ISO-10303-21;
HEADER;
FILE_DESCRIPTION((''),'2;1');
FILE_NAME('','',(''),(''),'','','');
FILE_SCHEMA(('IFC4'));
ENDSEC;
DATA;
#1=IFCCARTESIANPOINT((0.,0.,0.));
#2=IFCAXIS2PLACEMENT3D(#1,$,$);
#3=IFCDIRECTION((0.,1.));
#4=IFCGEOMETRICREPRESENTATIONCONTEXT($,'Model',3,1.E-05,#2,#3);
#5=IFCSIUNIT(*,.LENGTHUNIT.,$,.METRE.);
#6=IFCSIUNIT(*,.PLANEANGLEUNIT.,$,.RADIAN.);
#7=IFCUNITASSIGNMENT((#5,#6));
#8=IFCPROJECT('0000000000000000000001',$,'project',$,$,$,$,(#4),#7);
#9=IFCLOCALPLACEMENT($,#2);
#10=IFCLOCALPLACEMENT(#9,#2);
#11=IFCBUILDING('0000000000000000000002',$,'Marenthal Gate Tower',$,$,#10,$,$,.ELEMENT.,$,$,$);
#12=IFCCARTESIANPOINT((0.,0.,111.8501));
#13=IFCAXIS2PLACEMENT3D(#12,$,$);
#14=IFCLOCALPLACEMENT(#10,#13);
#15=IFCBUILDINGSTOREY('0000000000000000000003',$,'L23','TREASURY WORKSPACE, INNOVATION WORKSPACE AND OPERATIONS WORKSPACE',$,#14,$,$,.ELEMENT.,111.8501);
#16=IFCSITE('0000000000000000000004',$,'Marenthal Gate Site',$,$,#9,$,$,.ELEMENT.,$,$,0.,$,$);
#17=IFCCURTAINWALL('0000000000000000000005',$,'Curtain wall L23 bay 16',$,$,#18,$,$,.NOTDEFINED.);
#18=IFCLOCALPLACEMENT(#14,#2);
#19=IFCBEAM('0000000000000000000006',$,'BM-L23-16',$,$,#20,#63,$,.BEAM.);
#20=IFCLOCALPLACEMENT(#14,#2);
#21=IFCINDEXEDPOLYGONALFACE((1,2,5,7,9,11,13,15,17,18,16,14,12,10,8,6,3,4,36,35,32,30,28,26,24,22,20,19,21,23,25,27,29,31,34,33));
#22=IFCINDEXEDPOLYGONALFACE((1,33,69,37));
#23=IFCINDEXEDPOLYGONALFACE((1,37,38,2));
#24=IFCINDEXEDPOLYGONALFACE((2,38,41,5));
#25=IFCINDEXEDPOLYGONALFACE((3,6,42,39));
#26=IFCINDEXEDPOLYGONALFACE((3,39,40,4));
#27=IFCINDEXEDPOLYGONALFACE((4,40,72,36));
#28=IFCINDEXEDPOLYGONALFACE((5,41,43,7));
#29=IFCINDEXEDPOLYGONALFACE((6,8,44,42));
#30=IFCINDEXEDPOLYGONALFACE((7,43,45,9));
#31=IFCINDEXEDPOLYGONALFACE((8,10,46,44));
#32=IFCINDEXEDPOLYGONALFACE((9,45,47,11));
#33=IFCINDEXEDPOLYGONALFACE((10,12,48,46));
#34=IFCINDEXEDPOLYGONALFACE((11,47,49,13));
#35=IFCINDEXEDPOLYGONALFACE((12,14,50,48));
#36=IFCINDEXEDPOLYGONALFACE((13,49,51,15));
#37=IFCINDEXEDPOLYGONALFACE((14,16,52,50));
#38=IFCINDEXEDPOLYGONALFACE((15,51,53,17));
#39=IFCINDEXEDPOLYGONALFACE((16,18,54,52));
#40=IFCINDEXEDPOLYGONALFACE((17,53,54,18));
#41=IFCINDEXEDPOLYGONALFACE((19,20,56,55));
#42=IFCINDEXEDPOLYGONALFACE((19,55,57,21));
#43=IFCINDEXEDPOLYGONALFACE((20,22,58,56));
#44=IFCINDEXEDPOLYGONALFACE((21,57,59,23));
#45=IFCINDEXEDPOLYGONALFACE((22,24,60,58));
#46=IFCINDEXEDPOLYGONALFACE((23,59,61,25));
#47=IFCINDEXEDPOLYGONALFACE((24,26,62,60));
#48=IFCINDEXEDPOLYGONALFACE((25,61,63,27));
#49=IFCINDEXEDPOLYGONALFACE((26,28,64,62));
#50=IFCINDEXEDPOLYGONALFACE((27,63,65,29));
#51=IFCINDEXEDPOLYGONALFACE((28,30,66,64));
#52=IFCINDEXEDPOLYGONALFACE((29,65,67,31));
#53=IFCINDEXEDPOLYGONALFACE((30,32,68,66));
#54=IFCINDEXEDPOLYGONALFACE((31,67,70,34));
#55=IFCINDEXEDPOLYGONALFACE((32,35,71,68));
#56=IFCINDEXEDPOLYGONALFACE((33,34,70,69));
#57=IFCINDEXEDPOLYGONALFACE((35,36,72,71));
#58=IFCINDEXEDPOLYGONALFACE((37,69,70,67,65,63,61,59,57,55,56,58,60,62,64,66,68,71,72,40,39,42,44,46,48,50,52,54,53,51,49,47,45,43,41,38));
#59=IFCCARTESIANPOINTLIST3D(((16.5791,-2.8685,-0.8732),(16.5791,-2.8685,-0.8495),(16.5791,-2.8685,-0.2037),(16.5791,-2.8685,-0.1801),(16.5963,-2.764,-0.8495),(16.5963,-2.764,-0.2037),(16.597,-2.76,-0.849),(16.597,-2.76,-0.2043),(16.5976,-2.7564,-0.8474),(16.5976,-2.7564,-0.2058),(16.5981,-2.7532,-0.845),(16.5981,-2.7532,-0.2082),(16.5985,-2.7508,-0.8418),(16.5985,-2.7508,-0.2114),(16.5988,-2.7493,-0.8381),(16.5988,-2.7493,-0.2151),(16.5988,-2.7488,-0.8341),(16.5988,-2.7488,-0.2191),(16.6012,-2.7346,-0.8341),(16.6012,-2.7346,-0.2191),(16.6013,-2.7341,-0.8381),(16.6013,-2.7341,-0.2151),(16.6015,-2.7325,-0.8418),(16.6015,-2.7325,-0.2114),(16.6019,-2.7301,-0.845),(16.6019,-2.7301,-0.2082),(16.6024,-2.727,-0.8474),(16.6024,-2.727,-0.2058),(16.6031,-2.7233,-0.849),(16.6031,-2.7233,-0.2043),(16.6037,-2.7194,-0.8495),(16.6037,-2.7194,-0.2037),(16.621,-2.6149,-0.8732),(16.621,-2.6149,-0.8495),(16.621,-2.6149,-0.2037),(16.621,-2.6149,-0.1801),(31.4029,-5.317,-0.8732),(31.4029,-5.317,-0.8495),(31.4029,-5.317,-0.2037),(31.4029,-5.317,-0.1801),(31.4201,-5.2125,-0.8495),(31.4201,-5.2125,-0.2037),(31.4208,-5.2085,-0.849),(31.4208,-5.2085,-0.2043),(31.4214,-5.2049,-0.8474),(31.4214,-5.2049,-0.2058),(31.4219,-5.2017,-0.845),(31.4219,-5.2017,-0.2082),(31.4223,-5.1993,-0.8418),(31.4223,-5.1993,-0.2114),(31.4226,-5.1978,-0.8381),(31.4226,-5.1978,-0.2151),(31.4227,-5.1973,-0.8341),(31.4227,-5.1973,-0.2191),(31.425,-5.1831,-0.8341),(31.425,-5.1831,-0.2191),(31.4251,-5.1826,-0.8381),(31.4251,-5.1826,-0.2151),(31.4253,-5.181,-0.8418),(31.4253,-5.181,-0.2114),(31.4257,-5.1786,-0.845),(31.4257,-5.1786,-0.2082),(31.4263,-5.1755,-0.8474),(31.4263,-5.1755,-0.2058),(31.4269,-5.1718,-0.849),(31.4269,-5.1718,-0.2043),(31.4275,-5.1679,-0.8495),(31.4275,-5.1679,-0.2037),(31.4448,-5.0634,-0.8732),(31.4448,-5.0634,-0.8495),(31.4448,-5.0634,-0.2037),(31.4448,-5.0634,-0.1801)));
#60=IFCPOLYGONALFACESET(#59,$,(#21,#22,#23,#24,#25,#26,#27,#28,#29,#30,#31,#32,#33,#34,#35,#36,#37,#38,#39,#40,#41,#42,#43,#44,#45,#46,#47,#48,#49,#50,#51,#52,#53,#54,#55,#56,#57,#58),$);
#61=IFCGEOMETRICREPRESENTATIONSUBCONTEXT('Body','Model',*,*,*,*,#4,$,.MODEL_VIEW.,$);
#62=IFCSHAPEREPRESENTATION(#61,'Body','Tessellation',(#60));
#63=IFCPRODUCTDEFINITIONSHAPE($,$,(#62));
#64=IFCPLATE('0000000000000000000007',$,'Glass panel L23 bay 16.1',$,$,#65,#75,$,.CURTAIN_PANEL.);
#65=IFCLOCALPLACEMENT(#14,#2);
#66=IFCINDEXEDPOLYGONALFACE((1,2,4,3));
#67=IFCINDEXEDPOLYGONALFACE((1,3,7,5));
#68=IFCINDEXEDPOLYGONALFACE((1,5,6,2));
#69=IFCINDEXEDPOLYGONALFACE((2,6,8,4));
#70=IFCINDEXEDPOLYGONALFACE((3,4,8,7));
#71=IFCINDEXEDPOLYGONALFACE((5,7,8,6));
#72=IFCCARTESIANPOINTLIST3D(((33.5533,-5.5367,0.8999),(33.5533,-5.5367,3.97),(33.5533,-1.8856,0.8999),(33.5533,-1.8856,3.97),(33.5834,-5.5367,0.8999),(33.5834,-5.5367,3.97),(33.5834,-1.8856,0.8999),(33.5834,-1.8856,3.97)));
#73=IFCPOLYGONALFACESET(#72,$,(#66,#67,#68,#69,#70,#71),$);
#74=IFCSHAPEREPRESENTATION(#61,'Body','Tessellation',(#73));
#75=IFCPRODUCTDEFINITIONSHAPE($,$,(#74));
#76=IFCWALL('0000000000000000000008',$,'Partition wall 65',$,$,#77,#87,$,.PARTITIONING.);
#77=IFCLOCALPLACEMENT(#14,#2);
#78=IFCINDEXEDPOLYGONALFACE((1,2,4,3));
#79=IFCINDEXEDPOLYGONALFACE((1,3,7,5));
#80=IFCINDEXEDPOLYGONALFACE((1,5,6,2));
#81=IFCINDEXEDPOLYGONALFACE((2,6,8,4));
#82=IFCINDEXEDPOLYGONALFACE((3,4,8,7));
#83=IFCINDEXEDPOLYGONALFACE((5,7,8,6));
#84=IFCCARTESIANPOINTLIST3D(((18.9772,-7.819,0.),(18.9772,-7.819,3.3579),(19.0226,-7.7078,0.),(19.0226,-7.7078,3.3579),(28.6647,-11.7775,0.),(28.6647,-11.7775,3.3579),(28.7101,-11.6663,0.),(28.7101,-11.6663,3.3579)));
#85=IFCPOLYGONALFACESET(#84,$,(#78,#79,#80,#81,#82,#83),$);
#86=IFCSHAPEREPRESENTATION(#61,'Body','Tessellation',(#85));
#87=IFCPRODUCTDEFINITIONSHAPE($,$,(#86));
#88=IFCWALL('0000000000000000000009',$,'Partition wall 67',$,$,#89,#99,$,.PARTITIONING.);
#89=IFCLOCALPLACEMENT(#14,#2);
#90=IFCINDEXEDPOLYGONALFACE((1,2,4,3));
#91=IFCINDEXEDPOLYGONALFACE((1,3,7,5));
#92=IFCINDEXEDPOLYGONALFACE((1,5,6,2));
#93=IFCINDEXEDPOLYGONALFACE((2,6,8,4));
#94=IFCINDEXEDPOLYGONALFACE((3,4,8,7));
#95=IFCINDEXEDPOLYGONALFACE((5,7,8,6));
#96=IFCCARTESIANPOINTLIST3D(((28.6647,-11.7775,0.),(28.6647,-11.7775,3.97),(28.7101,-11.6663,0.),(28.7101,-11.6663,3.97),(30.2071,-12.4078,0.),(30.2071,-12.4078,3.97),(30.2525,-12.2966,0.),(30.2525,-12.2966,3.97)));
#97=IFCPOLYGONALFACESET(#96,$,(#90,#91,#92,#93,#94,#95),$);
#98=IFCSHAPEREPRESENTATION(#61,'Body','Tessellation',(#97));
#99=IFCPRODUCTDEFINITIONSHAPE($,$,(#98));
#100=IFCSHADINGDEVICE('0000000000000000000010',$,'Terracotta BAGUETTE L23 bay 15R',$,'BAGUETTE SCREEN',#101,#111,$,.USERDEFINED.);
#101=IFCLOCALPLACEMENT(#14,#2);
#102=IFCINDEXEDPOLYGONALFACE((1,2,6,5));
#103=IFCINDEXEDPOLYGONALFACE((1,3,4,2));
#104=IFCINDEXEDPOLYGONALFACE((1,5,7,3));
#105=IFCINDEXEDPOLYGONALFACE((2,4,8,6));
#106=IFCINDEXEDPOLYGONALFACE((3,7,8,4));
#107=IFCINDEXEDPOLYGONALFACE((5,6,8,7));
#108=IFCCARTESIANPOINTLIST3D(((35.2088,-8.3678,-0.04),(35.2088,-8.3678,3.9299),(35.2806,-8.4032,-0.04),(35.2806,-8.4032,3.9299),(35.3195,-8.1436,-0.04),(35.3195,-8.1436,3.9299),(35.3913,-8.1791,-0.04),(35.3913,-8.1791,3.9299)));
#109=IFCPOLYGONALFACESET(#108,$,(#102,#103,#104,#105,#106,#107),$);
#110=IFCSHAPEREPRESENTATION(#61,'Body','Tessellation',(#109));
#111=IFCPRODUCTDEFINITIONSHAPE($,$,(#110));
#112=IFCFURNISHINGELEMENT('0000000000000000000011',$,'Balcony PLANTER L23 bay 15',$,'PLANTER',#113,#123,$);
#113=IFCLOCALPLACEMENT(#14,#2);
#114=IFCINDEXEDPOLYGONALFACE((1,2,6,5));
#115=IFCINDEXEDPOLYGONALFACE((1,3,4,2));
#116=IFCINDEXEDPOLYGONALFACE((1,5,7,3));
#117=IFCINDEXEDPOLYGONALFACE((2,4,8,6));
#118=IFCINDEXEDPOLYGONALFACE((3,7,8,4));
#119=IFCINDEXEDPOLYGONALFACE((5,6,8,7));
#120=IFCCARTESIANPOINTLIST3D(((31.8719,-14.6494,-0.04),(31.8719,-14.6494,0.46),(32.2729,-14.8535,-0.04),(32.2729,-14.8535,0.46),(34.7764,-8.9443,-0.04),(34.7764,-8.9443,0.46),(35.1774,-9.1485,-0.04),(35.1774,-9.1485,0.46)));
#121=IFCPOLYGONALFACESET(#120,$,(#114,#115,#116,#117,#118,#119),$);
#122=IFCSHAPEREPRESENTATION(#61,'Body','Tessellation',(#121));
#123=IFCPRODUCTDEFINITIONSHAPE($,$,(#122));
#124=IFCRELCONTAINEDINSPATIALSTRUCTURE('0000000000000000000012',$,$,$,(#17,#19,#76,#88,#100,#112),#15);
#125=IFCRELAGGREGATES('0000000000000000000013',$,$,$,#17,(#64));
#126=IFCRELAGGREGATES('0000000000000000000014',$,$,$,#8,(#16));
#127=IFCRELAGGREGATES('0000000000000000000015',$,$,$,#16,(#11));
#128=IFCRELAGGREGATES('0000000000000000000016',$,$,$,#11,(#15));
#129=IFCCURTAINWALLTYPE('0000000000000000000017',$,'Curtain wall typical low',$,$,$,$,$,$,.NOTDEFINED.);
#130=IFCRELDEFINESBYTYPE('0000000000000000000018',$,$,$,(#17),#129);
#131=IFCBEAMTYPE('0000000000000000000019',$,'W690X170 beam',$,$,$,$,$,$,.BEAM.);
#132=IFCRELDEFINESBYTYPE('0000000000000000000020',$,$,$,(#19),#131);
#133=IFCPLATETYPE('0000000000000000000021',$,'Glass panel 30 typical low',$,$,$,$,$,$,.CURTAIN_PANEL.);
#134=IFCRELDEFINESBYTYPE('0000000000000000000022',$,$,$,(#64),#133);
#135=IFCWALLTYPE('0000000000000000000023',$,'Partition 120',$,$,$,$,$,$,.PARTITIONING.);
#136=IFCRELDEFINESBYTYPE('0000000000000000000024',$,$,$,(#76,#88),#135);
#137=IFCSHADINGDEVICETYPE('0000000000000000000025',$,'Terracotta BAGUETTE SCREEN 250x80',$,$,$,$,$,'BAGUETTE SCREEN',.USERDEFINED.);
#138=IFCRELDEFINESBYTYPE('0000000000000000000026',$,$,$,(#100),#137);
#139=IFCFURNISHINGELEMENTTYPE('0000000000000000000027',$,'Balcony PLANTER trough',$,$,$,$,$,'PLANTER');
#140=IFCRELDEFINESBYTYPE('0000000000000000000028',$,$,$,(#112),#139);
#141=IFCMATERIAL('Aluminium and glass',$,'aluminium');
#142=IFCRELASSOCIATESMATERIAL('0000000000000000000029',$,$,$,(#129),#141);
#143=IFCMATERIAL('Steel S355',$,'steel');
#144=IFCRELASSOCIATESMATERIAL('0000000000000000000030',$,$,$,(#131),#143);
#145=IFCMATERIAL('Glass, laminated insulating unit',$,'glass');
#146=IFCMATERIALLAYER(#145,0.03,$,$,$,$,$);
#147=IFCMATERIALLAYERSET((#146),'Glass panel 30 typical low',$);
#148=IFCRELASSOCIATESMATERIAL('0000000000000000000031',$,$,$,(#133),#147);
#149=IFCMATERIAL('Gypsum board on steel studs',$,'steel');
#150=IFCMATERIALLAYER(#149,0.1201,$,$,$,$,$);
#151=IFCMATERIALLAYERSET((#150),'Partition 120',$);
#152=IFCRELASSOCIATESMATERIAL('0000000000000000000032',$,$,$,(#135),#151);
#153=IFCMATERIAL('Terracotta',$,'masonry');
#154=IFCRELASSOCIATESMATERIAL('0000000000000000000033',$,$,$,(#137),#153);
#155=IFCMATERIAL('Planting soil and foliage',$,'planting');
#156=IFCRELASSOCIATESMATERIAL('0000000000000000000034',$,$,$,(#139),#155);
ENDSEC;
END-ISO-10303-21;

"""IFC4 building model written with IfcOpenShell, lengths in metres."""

from ifc_helpers import new_model, si_unit, direction, frame, frame_2d, origin, origin_2d, place, context, subcontext, project, spatial, rectangle, i_section, extrude, material, layer, layer_set, material_profile, profile_set, type_object, element, aggregate, save


model = new_model("IFC4")

# Units and contexts
model_context = context("Model", 3, precision=1e-05, world=origin(), true_north=direction((0.0, 1.0)))
body_context = subcontext(model_context, "Body", "Model", "MODEL_VIEW")
ifc_project = project(units=[si_unit("LENGTHUNIT", "METRE"), si_unit("PLANEANGLEUNIT", "RADIAN")], contexts=[model_context])

# Site, building, storey
site_placement = place(None, origin())
site = spatial("IfcSite", under=ifc_project, at=site_placement, Name="Marenthal Gate Site", CompositionType="ELEMENT", RefElevation=0.0)
building_placement = place(site_placement, origin())
building = spatial("IfcBuilding", under=site, at=building_placement, Name="Marenthal Gate Tower", CompositionType="ELEMENT")
storey_placement = place(building_placement, frame((0.0, 0.0, 111.8501)))
storey = spatial("IfcBuildingStorey", under=building, at=storey_placement, Name="L23", Description="TREASURY WORKSPACE, INNOVATION WORKSPACE AND OPERATIONS WORKSPACE", CompositionType="ELEMENT", Elevation=111.8501)

# Curtain wall
ifc_material_1 = material(Name="Aluminium and glass", Category="aluminium")
curtain_wall_type = type_object("IfcCurtainWallType", Name="Curtain wall typical low", PredefinedType="NOTDEFINED", material=ifc_material_1)
curtain_wall_placement = place(storey_placement, origin())
curtain_wall = element("IfcCurtainWall", 1, at=curtain_wall_placement, inside=storey, type_object=curtain_wall_type, Name="Curtain wall L23 bay 16", PredefinedType="NOTDEFINED")

# Beam
ifc_material_2 = material(Name="Steel S355", Category="steel")
ifc_material_profile_1 = material_profile(ifc_material_2, i_section(OverallWidth=0.2571, OverallDepth=0.6931, WebThickness=0.0144, FlangeThickness=0.0237, FilletRadius=0.0154, at=origin_2d()), Name="W690X170")
ifc_profile_set_1 = profile_set([ifc_material_profile_1], Name="Steel S355")
beam_type_1 = type_object("IfcBeamType", Name="W690X170 beam", PredefinedType="BEAM", material=ifc_profile_set_1)
beam_1_placement = place(storey_placement, frame((31.4238, -5.1902, -0.5266), z_axis=(-0.986632, 0.162965, 0.0), x_axis=(-0.162965, -0.986632, 0.0)))
element("IfcBeam", 2, at=beam_1_placement, inside=storey, type_object=beam_type_1, Name="BM-L23-16", PredefinedType="BEAM", context=body_context, shape_type="SweptSolid", body=[
    extrude(i_section(OverallWidth=0.2571, OverallDepth=0.6931, WebThickness=0.0144, FlangeThickness=0.0237, FilletRadius=0.0154, at=origin_2d()), origin(), (0.0, 0.0, 1.0), 15.0247),
])

# Plate
ifc_material_3 = material(Name="Glass, laminated insulating unit", Category="glass")
ifc_layer_1 = layer(ifc_material_3, 0.03)
ifc_layer_set_1 = layer_set([ifc_layer_1], Name="Glass panel 30 typical low")
plate_type = type_object("IfcPlateType", Name="Glass panel 30 typical low", PredefinedType="CURTAIN_PANEL", material=ifc_layer_set_1)
plate_placement = place(storey_placement, frame((33.5684, -3.7112, 0.8999), z_axis=(0.0, 0.0, 1.0), x_axis=(0.0, 1.0, 0.0)))
plate = element("IfcPlate", 3, at=plate_placement, type_object=plate_type, Name="Glass panel L23 bay 16.1", PredefinedType="CURTAIN_PANEL", context=body_context, shape_type="SweptSolid", body=[
    extrude(rectangle(XDim=3.6511, YDim=0.03, at=origin_2d()), origin(), (0.0, 0.0, 1.0), 3.0701),
])
aggregate(curtain_wall, [plate])

# Walls
ifc_material_4 = material(Name="Gypsum board on steel studs", Category="steel")
ifc_layer_2 = layer(ifc_material_4, 0.1201)
ifc_layer_set_2 = layer_set([ifc_layer_2], Name="Partition 120")
wall_type = type_object("IfcWallType", Name="Partition 120", PredefinedType="PARTITIONING", material=ifc_layer_set_2)
wall_1_placement = place(storey_placement, frame((19.0, -7.7634, 0.0), z_axis=(0.0, 0.0, 1.0), x_axis=(0.9257, -0.378259, 0.0)))
element("IfcWall", 4, at=wall_1_placement, inside=storey, type_object=wall_type, Name="Partition wall 65", PredefinedType="PARTITIONING", context=body_context, shape_type="SweptSolid", body=[
    extrude(rectangle(XDim=10.4651, YDim=0.1201, at=frame_2d((5.2324, 0.0))), origin(), (0.0, 0.0, 1.0), 3.3579),
])
wall_2_placement = place(storey_placement, frame((28.6875, -11.7219, 0.0), z_axis=(0.0, 0.0, 1.0), x_axis=(0.925682, -0.378302, 0.0)))
element("IfcWall", 5, at=wall_2_placement, inside=storey, type_object=wall_type, Name="Partition wall 67", PredefinedType="PARTITIONING", context=body_context, shape_type="SweptSolid", body=[
    extrude(rectangle(XDim=1.6663, YDim=0.1201, at=frame_2d((0.833, 0.0))), origin(), (0.0, 0.0, 1.0), 3.97),
])

# Shading device
ifc_material_5 = material(Name="Terracotta", Category="masonry")
ifc_material_profile_2 = material_profile(ifc_material_5, rectangle(XDim=0.25, YDim=0.0801, at=origin_2d()), Name="Terracotta baguette 250x80")
ifc_profile_set_2 = profile_set([ifc_material_profile_2], Name="Terracotta")
shading_device_type = type_object("IfcShadingDeviceType", Name="Terracotta BAGUETTE SCREEN 250x80", ElementType="BAGUETTE SCREEN", PredefinedType="USERDEFINED", material=ifc_profile_set_2)
shading_device_placement = place(storey_placement, frame((35.3, -8.2734, -0.04), z_axis=(0.0, 0.0, 1.0), x_axis=(0.442731, 0.896654, 0.0)))
element("IfcShadingDevice", 6, at=shading_device_placement, inside=storey, type_object=shading_device_type, Name="Terracotta BAGUETTE L23 bay 15R", ObjectType="BAGUETTE SCREEN", PredefinedType="USERDEFINED", context=body_context, shape_type="SweptSolid", body=[
    extrude(rectangle(XDim=0.25, YDim=0.0801, at=origin_2d()), origin(), (0.0, 0.0, 1.0), 3.97),
])

# Furnishing element
ifc_material_6 = material(Name="Planting soil and foliage", Category="planting")
furnishing_element_type = type_object("IfcFurnishingElementType", Name="Balcony PLANTER trough", ElementType="PLANTER", material=ifc_material_6)
furnishing_placement = place(storey_placement, frame((33.5247, -11.8989, -0.04), z_axis=(0.0, 0.0, 1.0), x_axis=(0.453688, 0.891161, 0.0)))
element("IfcFurnishingElement", 7, at=furnishing_placement, inside=storey, type_object=furnishing_element_type, Name="Balcony PLANTER L23 bay 15", ObjectType="PLANTER", context=body_context, shape_type="SweptSolid", body=[
    extrude(rectangle(XDim=6.4019, YDim=0.45, at=origin_2d()), origin(), (0.0, 0.0, 1.0), 0.5),
])

save(model, "model.ifc")
